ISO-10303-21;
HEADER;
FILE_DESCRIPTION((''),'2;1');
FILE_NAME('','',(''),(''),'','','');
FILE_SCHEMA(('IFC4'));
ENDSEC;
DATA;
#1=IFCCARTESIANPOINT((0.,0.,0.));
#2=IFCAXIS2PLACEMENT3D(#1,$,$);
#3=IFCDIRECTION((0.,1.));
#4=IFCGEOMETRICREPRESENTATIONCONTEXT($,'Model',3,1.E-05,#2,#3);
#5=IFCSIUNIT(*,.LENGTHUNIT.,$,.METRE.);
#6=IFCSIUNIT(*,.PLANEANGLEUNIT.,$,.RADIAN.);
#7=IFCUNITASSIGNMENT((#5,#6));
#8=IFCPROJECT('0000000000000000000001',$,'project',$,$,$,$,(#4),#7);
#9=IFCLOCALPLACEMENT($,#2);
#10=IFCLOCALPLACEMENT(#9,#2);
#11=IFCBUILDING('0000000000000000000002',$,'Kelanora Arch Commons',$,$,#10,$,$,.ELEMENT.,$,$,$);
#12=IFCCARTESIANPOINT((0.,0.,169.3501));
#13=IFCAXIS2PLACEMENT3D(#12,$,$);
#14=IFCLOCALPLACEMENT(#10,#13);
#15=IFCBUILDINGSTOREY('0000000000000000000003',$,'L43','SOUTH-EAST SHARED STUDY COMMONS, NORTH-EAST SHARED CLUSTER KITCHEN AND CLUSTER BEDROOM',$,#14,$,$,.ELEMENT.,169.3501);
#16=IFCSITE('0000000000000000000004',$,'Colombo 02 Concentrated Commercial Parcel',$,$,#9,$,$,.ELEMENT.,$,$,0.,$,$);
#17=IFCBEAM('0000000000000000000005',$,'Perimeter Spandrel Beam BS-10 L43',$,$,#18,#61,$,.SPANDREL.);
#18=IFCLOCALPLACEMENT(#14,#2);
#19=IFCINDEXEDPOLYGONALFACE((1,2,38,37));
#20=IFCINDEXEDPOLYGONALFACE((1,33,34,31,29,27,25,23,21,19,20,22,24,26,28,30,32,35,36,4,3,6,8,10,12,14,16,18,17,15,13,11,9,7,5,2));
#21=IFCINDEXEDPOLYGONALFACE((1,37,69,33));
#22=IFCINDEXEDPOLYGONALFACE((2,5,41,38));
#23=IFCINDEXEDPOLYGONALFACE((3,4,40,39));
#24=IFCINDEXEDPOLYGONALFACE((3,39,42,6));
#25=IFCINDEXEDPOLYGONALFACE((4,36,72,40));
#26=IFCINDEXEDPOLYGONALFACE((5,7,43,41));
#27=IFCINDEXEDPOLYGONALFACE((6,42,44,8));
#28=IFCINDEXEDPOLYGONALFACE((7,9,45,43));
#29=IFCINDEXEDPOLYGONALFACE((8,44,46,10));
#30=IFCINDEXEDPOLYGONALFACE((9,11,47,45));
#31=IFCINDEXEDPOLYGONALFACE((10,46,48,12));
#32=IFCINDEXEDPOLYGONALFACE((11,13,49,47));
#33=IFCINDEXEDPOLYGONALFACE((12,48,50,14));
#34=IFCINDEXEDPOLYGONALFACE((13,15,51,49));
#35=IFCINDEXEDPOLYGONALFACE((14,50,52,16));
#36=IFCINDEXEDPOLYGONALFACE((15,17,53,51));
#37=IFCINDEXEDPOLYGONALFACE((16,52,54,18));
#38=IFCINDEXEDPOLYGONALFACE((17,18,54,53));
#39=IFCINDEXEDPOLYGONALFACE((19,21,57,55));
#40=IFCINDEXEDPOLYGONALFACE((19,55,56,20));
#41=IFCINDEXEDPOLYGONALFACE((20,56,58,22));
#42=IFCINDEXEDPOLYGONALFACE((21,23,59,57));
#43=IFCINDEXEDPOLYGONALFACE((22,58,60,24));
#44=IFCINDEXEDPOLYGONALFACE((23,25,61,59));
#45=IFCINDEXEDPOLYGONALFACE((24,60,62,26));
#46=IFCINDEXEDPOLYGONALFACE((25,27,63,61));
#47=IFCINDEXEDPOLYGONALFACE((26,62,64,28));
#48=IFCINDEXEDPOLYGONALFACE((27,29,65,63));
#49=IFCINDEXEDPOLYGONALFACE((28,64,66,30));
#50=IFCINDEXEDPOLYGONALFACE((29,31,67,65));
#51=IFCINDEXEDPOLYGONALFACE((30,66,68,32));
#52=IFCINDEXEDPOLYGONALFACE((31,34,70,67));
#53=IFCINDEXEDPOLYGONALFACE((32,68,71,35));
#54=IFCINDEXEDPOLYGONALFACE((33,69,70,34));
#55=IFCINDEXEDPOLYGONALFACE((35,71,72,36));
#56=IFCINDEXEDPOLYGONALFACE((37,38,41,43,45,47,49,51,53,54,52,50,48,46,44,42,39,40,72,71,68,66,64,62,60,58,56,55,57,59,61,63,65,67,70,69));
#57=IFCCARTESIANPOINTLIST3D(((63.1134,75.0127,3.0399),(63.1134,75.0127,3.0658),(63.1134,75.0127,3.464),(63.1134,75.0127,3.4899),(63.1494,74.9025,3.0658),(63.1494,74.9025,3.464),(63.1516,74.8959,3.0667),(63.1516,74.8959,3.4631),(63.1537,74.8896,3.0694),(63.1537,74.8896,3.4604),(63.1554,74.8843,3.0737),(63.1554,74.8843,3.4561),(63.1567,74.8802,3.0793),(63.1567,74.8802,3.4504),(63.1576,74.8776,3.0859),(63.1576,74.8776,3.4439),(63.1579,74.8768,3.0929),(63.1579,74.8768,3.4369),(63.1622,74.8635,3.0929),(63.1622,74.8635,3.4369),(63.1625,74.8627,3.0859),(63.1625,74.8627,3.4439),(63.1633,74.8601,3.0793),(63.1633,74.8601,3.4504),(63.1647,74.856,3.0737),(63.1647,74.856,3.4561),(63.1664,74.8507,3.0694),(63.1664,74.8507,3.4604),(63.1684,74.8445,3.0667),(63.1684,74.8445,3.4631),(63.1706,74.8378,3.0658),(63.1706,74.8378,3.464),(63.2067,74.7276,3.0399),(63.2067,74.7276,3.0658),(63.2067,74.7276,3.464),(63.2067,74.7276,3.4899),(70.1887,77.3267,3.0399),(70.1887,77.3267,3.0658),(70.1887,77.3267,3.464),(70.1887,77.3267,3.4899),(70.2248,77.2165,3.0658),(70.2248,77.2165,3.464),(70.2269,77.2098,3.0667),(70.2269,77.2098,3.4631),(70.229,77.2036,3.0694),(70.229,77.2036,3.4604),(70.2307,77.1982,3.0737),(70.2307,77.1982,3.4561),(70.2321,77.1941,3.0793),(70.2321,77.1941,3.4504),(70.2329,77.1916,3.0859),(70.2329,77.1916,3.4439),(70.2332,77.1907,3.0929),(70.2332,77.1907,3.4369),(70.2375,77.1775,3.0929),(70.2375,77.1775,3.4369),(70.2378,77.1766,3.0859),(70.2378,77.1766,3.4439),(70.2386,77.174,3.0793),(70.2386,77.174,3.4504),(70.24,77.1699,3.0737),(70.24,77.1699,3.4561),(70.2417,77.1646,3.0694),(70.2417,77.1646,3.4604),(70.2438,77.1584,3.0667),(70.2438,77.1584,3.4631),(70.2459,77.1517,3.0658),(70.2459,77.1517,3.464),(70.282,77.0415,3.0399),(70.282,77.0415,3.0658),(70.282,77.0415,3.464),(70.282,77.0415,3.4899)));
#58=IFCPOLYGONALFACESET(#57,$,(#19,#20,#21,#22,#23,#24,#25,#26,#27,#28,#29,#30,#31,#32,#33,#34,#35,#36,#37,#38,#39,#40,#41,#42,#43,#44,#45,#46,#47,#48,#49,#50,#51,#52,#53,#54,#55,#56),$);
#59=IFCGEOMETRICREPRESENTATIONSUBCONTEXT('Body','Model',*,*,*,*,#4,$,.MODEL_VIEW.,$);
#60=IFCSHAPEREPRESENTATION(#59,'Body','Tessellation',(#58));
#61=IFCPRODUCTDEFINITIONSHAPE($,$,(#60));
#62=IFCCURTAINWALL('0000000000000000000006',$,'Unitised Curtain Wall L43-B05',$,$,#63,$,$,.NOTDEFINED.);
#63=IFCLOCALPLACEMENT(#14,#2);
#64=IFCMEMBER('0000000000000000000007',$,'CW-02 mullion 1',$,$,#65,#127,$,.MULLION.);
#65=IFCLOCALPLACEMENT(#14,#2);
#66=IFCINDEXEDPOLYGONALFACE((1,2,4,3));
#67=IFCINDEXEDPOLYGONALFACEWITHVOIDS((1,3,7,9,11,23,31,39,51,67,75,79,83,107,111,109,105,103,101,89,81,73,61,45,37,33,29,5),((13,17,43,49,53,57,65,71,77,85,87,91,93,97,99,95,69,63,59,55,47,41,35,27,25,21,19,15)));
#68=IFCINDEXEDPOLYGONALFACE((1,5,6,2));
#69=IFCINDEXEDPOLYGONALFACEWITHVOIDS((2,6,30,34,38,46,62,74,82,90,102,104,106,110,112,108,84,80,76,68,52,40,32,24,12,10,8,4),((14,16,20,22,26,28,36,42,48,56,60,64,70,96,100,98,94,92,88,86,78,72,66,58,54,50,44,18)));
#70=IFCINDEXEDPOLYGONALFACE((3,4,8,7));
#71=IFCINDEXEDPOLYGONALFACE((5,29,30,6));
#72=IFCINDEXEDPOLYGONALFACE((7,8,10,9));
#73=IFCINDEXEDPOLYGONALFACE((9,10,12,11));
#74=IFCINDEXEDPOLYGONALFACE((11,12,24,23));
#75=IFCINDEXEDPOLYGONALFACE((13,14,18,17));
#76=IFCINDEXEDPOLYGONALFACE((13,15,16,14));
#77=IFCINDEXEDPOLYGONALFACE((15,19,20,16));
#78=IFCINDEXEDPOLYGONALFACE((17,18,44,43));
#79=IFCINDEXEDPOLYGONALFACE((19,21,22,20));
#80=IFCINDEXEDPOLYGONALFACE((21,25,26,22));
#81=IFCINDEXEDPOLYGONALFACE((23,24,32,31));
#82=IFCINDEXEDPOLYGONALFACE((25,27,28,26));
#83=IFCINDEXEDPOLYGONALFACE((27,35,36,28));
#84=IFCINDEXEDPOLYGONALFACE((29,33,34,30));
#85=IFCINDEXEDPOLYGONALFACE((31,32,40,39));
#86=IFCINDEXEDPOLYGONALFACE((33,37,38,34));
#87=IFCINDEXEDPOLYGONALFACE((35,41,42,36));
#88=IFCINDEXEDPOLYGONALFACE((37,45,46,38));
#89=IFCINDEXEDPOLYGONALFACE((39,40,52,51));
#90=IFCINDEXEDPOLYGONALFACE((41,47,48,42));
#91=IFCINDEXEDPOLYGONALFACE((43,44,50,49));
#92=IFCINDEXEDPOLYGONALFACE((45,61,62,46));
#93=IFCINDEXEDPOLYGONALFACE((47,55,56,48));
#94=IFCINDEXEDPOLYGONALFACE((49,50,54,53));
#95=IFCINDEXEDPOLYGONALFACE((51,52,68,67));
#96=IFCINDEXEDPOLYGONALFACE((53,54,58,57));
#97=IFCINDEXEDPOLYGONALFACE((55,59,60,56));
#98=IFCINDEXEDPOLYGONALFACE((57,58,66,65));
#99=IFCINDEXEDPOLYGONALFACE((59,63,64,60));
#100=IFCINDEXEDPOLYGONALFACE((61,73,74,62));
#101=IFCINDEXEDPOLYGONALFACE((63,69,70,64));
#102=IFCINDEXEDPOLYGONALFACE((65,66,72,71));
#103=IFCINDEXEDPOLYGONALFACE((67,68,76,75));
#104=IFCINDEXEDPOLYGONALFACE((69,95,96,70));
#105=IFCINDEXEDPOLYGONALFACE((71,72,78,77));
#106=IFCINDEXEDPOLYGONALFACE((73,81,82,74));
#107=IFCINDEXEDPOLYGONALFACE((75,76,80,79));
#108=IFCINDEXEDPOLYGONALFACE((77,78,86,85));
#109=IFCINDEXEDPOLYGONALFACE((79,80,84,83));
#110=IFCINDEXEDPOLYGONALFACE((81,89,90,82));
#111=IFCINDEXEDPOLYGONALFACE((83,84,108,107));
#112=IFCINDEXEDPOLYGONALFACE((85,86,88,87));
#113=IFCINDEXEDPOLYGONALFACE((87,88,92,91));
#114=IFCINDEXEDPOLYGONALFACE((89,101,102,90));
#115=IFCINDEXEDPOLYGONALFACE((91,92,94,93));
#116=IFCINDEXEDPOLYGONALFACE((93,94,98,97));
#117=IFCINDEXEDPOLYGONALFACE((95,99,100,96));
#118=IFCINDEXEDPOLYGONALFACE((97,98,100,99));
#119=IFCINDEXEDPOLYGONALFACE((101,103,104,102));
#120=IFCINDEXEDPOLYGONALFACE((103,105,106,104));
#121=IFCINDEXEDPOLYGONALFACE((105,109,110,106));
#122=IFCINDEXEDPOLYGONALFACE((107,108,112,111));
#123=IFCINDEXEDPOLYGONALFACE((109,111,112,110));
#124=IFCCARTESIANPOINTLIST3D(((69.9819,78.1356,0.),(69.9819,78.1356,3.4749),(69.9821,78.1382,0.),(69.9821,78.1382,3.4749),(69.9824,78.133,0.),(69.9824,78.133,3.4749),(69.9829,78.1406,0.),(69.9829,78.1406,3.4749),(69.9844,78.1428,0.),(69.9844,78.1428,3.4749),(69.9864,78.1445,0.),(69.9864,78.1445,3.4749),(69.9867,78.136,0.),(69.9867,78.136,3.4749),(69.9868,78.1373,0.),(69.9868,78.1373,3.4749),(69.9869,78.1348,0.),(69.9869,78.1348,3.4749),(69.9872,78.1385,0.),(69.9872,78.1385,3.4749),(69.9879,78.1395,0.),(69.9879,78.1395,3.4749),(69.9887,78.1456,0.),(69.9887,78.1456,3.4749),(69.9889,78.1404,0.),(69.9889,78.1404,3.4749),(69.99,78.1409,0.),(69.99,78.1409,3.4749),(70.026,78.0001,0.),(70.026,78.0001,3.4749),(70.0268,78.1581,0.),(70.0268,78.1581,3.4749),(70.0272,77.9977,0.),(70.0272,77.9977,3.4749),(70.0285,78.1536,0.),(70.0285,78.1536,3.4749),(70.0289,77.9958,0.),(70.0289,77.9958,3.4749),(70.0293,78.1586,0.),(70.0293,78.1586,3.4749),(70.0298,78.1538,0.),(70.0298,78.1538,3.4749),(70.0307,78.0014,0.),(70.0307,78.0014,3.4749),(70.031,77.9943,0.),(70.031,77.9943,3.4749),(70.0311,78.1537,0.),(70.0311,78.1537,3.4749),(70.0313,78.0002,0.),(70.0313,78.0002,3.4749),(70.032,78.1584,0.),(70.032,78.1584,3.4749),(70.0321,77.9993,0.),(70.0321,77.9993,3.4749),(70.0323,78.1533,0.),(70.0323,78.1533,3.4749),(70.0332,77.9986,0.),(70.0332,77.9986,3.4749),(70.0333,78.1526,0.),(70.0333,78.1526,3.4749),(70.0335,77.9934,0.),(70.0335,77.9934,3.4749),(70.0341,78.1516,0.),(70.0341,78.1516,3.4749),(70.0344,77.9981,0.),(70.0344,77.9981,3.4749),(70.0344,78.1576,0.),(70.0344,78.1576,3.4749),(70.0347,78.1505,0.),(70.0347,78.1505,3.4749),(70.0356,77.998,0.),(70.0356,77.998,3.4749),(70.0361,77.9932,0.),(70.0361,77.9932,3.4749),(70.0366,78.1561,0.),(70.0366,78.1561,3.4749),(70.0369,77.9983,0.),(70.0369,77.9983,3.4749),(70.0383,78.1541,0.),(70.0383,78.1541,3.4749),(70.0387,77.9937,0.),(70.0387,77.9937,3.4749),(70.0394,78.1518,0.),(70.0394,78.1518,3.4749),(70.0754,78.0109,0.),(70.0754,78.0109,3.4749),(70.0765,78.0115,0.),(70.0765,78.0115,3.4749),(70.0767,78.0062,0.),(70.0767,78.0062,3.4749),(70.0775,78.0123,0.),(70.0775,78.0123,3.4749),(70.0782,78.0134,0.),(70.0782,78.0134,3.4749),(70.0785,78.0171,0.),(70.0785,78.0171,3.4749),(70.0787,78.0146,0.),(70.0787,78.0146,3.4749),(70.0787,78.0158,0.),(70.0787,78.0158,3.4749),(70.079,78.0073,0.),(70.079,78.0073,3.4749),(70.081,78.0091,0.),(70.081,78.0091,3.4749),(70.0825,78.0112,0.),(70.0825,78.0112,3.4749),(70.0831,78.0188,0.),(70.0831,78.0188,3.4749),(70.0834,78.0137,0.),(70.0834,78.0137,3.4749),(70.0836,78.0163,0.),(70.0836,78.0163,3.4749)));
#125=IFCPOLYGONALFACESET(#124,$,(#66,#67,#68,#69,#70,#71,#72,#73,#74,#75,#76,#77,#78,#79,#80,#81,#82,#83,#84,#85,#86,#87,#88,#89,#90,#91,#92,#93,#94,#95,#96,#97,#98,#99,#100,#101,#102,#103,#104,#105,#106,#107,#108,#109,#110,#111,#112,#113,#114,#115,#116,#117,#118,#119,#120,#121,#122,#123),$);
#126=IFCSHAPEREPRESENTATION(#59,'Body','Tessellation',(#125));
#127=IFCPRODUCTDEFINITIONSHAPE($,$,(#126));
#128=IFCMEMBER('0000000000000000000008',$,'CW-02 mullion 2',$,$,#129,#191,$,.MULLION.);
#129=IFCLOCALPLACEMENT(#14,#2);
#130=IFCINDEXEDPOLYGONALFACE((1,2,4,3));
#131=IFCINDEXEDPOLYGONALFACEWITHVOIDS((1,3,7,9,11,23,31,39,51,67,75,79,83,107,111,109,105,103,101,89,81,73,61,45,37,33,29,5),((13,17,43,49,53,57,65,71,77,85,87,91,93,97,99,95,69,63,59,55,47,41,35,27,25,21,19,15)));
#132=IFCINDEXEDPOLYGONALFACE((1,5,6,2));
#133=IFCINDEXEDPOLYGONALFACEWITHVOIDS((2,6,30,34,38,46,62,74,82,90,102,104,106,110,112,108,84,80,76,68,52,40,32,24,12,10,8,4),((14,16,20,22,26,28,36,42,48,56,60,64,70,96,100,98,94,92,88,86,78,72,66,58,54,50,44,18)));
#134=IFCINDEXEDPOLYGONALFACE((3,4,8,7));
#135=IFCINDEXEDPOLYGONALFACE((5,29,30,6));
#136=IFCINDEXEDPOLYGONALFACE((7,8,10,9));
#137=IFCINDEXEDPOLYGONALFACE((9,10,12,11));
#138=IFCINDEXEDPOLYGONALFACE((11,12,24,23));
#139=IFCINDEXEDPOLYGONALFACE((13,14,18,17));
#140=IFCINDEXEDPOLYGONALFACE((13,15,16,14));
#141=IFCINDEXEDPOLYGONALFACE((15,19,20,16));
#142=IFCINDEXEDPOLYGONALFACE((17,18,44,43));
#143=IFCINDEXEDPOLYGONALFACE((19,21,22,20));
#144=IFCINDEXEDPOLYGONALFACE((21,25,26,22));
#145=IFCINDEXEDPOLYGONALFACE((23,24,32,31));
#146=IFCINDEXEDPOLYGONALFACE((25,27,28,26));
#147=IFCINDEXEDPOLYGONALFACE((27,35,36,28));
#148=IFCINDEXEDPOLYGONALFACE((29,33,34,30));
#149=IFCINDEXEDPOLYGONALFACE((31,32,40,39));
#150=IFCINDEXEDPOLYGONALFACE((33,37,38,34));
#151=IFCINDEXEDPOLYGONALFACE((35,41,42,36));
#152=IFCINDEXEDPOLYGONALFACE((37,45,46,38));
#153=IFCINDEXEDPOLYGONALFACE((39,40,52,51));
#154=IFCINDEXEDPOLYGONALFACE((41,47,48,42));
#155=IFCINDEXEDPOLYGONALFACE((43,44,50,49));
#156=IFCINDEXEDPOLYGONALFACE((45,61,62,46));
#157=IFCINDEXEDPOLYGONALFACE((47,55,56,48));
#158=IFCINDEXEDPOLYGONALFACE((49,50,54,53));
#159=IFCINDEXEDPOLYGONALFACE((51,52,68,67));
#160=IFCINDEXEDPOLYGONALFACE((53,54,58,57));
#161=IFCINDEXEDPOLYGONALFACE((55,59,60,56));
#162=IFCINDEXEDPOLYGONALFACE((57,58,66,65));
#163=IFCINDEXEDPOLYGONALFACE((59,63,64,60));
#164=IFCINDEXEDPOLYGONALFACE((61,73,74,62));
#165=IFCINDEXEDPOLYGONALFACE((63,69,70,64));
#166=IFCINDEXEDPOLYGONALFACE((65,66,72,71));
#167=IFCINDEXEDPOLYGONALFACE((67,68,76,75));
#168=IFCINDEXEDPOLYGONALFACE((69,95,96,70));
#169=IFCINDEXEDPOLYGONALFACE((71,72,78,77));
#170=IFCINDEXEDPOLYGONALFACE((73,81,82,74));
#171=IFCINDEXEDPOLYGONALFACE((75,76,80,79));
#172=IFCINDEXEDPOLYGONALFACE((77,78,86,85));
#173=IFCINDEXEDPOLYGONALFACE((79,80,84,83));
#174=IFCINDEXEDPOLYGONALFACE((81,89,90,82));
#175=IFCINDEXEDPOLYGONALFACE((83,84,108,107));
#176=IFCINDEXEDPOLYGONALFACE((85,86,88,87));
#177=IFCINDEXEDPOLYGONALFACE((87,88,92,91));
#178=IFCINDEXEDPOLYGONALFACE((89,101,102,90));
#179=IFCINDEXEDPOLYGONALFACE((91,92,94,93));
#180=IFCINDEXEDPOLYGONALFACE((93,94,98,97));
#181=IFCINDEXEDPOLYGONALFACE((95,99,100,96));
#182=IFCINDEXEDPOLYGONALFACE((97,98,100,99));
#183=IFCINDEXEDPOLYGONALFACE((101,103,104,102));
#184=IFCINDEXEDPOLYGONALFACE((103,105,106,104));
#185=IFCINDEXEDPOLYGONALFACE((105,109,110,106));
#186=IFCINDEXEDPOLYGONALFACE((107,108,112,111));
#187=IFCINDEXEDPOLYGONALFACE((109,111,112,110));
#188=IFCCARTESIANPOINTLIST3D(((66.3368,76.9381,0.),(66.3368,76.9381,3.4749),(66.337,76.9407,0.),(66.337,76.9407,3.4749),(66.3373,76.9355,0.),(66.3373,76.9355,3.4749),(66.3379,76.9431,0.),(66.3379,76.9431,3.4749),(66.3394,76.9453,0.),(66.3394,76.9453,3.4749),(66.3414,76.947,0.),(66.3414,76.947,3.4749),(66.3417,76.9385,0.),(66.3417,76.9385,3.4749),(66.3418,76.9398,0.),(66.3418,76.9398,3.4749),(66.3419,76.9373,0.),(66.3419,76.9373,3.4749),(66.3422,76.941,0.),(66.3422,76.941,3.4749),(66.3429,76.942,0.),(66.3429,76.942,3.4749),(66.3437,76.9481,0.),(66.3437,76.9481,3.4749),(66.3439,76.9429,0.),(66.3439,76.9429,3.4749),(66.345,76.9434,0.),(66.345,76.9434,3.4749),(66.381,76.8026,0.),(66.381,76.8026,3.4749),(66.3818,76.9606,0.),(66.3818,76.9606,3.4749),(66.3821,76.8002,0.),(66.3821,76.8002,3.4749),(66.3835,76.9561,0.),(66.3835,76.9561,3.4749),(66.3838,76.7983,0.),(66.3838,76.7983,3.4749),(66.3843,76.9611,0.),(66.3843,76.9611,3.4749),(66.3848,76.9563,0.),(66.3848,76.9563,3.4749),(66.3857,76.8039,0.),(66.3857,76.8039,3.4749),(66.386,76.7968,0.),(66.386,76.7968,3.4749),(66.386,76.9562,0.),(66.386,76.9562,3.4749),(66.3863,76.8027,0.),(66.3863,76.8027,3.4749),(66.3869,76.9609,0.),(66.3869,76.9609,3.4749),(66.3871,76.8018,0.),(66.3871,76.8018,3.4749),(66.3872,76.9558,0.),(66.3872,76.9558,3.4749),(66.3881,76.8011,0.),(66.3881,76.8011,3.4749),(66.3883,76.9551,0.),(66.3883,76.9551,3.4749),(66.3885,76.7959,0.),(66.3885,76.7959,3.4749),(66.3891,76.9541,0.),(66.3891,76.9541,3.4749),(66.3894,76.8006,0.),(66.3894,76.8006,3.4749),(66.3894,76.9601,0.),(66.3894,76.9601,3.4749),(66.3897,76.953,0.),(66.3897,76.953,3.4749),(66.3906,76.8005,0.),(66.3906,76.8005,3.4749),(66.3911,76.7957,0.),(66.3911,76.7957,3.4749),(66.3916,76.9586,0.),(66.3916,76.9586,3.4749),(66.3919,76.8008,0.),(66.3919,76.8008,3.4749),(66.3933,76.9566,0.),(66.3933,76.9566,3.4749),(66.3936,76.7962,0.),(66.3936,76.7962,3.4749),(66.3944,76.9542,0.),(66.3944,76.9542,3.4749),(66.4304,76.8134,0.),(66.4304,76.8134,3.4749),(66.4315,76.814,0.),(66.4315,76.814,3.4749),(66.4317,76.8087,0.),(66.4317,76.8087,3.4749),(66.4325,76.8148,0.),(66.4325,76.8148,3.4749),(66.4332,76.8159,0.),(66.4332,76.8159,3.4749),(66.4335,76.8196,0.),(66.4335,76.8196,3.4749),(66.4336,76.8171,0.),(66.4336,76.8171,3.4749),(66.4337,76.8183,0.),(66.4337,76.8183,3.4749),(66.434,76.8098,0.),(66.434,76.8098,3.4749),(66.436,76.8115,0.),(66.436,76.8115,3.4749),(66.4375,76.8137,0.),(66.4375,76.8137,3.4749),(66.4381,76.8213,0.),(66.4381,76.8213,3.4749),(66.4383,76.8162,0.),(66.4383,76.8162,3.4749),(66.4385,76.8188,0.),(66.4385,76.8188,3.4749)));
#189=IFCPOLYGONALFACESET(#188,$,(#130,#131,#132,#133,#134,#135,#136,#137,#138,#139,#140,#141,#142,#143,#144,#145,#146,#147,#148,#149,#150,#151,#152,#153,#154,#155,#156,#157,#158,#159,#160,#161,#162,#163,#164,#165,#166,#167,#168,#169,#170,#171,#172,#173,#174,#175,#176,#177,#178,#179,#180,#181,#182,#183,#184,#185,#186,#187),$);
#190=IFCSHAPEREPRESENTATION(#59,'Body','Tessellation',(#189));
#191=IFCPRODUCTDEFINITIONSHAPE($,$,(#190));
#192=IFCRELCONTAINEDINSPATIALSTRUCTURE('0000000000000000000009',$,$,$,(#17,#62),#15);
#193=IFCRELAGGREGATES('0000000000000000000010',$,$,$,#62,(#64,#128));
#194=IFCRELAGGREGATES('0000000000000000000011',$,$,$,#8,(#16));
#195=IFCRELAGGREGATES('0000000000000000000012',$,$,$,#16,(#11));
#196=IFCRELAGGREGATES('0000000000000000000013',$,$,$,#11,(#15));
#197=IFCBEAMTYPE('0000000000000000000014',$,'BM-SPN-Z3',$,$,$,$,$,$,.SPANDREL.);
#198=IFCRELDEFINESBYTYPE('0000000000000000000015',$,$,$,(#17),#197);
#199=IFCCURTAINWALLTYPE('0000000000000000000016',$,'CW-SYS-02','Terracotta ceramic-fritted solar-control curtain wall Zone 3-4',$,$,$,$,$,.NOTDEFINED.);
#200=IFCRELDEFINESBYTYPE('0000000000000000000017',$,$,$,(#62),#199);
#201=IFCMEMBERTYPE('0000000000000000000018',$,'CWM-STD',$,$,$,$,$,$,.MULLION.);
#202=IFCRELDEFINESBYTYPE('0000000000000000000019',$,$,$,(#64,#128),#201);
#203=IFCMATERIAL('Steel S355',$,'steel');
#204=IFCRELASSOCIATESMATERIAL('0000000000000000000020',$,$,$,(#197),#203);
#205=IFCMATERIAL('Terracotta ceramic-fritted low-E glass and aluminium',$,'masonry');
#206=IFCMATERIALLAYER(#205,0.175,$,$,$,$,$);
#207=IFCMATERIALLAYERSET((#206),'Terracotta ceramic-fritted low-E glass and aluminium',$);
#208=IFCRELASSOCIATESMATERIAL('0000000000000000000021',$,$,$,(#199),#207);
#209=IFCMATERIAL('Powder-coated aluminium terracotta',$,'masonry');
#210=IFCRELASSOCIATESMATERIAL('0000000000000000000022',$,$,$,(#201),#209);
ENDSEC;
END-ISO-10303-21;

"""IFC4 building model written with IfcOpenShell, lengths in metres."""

from ifc_helpers import new_model, si_unit, direction, frame, origin, origin_2d, place, context, subcontext, project, spatial, hollow_rectangle, i_section, extrude, material, layer, layer_set, material_profile, profile_set, type_object, element, aggregate, save


model = new_model("IFC4")

# Units and contexts
model_context = context("Model", 3, precision=1e-05, world=origin(), true_north=direction((0.0, 1.0)))
body_context = subcontext(model_context, "Body", "Model", "MODEL_VIEW")
ifc_project = project(units=[si_unit("LENGTHUNIT", "METRE"), si_unit("PLANEANGLEUNIT", "RADIAN")], contexts=[model_context])

# Site, building, storey
site_placement = place(None, origin())
site = spatial("IfcSite", under=ifc_project, at=site_placement, Name="Colombo 02 Concentrated Commercial Parcel", CompositionType="ELEMENT", RefElevation=0.0)
building_placement = place(site_placement, origin())
building = spatial("IfcBuilding", under=site, at=building_placement, Name="Kelanora Arch Commons", CompositionType="ELEMENT")
storey_placement = place(building_placement, frame((0.0, 0.0, 169.3501)))
storey = spatial("IfcBuildingStorey", under=building, at=storey_placement, Name="L43", Description="SOUTH-EAST SHARED STUDY COMMONS, NORTH-EAST SHARED CLUSTER KITCHEN AND CLUSTER BEDROOM", CompositionType="ELEMENT", Elevation=169.3501)

# Beam
ifc_material_1 = material(Name="Steel S355", Category="steel")
ifc_material_profile_1 = material_profile(ifc_material_1, i_section(OverallWidth=0.3, OverallDepth=0.45, WebThickness=0.0139, FlangeThickness=0.0259, FilletRadius=0.0271, at=origin_2d()), Name="HEB450")
ifc_profile_set_1 = profile_set([ifc_material_profile_1], Name="Steel S355")
beam_type_1 = type_object("IfcBeamType", Name="BM-SPN-Z3", PredefinedType="SPANDREL", material=ifc_profile_set_1)
beam_1_placement = place(storey_placement, frame((70.2354, 77.1841, 3.2649), z_axis=(-0.950462, -0.310841, 0.0), x_axis=(0.310841, -0.950462, 0.0)))
element("IfcBeam", 1, at=beam_1_placement, inside=storey, type_object=beam_type_1, Name="Perimeter Spandrel Beam BS-10 L43", PredefinedType="SPANDREL", context=body_context, shape_type="SweptSolid", body=[
    extrude(i_section(OverallWidth=0.3, OverallDepth=0.45, WebThickness=0.0139, FlangeThickness=0.0259, FilletRadius=0.0271, at=origin_2d()), origin(), (0.0, 0.0, 1.0), 7.4441),
])

# Curtain wall, members
ifc_material_2 = material(Name="Terracotta ceramic-fritted low-E glass and aluminium", Category="masonry")
ifc_layer_1 = layer(ifc_material_2, 0.175)
ifc_layer_set_1 = layer_set([ifc_layer_1], Name="Terracotta ceramic-fritted low-E glass and aluminium")
curtain_wall_type = type_object("IfcCurtainWallType", Name="CW-SYS-02", Description="Terracotta ceramic-fritted solar-control curtain wall Zone 3-4", PredefinedType="NOTDEFINED", material=ifc_layer_set_1)
curtain_wall_placement = place(storey_placement, origin())
curtain_wall = element("IfcCurtainWall", 2, at=curtain_wall_placement, inside=storey, type_object=curtain_wall_type, Name="Unitised Curtain Wall L43-B05", PredefinedType="NOTDEFINED")
ifc_material_3 = material(Name="Powder-coated aluminium terracotta", Category="masonry")
ifc_material_profile_2 = material_profile(ifc_material_3, hollow_rectangle(XDim=0.1599, YDim=0.0601, WallThickness=0.0049, InnerFilletRadius=0.0049, OuterFilletRadius=0.01, at=origin_2d()), Name="CWM160x60")
ifc_profile_set_2 = profile_set([ifc_material_profile_2], Name="Powder-coated aluminium terracotta")
member_type_1 = type_object("IfcMemberType", Name="CWM-STD", PredefinedType="MULLION", material=ifc_profile_set_2)
member_1_placement = place(storey_placement, frame((70.0327, 78.0759, 0.0), z_axis=(0.0, 0.0, 1.0), x_axis=(0.312128, -0.95004, 0.0)))
member_1 = element("IfcMember", 3, at=member_1_placement, type_object=member_type_1, Name="CW-02 mullion 1", PredefinedType="MULLION", context=body_context, shape_type="SweptSolid", body=[
    extrude(hollow_rectangle(XDim=0.1599, YDim=0.0601, WallThickness=0.0049, InnerFilletRadius=0.0049, OuterFilletRadius=0.01, at=origin_2d()), origin(), (0.0, 0.0, 1.0), 3.4749),
])
member_2_placement = place(storey_placement, frame((66.3877, 76.8784, 0.0), z_axis=(0.0, 0.0, 1.0), x_axis=(0.312128, -0.95004, 0.0)))
member_2 = element("IfcMember", 4, at=member_2_placement, type_object=member_type_1, Name="CW-02 mullion 2", PredefinedType="MULLION", context=body_context, shape_type="SweptSolid", body=[
    extrude(hollow_rectangle(XDim=0.1599, YDim=0.0601, WallThickness=0.0049, InnerFilletRadius=0.0049, OuterFilletRadius=0.01, at=origin_2d()), origin(), (0.0, 0.0, 1.0), 3.4749),
])
aggregate(curtain_wall, [member_1, member_2])

save(model, "model.ifc")
